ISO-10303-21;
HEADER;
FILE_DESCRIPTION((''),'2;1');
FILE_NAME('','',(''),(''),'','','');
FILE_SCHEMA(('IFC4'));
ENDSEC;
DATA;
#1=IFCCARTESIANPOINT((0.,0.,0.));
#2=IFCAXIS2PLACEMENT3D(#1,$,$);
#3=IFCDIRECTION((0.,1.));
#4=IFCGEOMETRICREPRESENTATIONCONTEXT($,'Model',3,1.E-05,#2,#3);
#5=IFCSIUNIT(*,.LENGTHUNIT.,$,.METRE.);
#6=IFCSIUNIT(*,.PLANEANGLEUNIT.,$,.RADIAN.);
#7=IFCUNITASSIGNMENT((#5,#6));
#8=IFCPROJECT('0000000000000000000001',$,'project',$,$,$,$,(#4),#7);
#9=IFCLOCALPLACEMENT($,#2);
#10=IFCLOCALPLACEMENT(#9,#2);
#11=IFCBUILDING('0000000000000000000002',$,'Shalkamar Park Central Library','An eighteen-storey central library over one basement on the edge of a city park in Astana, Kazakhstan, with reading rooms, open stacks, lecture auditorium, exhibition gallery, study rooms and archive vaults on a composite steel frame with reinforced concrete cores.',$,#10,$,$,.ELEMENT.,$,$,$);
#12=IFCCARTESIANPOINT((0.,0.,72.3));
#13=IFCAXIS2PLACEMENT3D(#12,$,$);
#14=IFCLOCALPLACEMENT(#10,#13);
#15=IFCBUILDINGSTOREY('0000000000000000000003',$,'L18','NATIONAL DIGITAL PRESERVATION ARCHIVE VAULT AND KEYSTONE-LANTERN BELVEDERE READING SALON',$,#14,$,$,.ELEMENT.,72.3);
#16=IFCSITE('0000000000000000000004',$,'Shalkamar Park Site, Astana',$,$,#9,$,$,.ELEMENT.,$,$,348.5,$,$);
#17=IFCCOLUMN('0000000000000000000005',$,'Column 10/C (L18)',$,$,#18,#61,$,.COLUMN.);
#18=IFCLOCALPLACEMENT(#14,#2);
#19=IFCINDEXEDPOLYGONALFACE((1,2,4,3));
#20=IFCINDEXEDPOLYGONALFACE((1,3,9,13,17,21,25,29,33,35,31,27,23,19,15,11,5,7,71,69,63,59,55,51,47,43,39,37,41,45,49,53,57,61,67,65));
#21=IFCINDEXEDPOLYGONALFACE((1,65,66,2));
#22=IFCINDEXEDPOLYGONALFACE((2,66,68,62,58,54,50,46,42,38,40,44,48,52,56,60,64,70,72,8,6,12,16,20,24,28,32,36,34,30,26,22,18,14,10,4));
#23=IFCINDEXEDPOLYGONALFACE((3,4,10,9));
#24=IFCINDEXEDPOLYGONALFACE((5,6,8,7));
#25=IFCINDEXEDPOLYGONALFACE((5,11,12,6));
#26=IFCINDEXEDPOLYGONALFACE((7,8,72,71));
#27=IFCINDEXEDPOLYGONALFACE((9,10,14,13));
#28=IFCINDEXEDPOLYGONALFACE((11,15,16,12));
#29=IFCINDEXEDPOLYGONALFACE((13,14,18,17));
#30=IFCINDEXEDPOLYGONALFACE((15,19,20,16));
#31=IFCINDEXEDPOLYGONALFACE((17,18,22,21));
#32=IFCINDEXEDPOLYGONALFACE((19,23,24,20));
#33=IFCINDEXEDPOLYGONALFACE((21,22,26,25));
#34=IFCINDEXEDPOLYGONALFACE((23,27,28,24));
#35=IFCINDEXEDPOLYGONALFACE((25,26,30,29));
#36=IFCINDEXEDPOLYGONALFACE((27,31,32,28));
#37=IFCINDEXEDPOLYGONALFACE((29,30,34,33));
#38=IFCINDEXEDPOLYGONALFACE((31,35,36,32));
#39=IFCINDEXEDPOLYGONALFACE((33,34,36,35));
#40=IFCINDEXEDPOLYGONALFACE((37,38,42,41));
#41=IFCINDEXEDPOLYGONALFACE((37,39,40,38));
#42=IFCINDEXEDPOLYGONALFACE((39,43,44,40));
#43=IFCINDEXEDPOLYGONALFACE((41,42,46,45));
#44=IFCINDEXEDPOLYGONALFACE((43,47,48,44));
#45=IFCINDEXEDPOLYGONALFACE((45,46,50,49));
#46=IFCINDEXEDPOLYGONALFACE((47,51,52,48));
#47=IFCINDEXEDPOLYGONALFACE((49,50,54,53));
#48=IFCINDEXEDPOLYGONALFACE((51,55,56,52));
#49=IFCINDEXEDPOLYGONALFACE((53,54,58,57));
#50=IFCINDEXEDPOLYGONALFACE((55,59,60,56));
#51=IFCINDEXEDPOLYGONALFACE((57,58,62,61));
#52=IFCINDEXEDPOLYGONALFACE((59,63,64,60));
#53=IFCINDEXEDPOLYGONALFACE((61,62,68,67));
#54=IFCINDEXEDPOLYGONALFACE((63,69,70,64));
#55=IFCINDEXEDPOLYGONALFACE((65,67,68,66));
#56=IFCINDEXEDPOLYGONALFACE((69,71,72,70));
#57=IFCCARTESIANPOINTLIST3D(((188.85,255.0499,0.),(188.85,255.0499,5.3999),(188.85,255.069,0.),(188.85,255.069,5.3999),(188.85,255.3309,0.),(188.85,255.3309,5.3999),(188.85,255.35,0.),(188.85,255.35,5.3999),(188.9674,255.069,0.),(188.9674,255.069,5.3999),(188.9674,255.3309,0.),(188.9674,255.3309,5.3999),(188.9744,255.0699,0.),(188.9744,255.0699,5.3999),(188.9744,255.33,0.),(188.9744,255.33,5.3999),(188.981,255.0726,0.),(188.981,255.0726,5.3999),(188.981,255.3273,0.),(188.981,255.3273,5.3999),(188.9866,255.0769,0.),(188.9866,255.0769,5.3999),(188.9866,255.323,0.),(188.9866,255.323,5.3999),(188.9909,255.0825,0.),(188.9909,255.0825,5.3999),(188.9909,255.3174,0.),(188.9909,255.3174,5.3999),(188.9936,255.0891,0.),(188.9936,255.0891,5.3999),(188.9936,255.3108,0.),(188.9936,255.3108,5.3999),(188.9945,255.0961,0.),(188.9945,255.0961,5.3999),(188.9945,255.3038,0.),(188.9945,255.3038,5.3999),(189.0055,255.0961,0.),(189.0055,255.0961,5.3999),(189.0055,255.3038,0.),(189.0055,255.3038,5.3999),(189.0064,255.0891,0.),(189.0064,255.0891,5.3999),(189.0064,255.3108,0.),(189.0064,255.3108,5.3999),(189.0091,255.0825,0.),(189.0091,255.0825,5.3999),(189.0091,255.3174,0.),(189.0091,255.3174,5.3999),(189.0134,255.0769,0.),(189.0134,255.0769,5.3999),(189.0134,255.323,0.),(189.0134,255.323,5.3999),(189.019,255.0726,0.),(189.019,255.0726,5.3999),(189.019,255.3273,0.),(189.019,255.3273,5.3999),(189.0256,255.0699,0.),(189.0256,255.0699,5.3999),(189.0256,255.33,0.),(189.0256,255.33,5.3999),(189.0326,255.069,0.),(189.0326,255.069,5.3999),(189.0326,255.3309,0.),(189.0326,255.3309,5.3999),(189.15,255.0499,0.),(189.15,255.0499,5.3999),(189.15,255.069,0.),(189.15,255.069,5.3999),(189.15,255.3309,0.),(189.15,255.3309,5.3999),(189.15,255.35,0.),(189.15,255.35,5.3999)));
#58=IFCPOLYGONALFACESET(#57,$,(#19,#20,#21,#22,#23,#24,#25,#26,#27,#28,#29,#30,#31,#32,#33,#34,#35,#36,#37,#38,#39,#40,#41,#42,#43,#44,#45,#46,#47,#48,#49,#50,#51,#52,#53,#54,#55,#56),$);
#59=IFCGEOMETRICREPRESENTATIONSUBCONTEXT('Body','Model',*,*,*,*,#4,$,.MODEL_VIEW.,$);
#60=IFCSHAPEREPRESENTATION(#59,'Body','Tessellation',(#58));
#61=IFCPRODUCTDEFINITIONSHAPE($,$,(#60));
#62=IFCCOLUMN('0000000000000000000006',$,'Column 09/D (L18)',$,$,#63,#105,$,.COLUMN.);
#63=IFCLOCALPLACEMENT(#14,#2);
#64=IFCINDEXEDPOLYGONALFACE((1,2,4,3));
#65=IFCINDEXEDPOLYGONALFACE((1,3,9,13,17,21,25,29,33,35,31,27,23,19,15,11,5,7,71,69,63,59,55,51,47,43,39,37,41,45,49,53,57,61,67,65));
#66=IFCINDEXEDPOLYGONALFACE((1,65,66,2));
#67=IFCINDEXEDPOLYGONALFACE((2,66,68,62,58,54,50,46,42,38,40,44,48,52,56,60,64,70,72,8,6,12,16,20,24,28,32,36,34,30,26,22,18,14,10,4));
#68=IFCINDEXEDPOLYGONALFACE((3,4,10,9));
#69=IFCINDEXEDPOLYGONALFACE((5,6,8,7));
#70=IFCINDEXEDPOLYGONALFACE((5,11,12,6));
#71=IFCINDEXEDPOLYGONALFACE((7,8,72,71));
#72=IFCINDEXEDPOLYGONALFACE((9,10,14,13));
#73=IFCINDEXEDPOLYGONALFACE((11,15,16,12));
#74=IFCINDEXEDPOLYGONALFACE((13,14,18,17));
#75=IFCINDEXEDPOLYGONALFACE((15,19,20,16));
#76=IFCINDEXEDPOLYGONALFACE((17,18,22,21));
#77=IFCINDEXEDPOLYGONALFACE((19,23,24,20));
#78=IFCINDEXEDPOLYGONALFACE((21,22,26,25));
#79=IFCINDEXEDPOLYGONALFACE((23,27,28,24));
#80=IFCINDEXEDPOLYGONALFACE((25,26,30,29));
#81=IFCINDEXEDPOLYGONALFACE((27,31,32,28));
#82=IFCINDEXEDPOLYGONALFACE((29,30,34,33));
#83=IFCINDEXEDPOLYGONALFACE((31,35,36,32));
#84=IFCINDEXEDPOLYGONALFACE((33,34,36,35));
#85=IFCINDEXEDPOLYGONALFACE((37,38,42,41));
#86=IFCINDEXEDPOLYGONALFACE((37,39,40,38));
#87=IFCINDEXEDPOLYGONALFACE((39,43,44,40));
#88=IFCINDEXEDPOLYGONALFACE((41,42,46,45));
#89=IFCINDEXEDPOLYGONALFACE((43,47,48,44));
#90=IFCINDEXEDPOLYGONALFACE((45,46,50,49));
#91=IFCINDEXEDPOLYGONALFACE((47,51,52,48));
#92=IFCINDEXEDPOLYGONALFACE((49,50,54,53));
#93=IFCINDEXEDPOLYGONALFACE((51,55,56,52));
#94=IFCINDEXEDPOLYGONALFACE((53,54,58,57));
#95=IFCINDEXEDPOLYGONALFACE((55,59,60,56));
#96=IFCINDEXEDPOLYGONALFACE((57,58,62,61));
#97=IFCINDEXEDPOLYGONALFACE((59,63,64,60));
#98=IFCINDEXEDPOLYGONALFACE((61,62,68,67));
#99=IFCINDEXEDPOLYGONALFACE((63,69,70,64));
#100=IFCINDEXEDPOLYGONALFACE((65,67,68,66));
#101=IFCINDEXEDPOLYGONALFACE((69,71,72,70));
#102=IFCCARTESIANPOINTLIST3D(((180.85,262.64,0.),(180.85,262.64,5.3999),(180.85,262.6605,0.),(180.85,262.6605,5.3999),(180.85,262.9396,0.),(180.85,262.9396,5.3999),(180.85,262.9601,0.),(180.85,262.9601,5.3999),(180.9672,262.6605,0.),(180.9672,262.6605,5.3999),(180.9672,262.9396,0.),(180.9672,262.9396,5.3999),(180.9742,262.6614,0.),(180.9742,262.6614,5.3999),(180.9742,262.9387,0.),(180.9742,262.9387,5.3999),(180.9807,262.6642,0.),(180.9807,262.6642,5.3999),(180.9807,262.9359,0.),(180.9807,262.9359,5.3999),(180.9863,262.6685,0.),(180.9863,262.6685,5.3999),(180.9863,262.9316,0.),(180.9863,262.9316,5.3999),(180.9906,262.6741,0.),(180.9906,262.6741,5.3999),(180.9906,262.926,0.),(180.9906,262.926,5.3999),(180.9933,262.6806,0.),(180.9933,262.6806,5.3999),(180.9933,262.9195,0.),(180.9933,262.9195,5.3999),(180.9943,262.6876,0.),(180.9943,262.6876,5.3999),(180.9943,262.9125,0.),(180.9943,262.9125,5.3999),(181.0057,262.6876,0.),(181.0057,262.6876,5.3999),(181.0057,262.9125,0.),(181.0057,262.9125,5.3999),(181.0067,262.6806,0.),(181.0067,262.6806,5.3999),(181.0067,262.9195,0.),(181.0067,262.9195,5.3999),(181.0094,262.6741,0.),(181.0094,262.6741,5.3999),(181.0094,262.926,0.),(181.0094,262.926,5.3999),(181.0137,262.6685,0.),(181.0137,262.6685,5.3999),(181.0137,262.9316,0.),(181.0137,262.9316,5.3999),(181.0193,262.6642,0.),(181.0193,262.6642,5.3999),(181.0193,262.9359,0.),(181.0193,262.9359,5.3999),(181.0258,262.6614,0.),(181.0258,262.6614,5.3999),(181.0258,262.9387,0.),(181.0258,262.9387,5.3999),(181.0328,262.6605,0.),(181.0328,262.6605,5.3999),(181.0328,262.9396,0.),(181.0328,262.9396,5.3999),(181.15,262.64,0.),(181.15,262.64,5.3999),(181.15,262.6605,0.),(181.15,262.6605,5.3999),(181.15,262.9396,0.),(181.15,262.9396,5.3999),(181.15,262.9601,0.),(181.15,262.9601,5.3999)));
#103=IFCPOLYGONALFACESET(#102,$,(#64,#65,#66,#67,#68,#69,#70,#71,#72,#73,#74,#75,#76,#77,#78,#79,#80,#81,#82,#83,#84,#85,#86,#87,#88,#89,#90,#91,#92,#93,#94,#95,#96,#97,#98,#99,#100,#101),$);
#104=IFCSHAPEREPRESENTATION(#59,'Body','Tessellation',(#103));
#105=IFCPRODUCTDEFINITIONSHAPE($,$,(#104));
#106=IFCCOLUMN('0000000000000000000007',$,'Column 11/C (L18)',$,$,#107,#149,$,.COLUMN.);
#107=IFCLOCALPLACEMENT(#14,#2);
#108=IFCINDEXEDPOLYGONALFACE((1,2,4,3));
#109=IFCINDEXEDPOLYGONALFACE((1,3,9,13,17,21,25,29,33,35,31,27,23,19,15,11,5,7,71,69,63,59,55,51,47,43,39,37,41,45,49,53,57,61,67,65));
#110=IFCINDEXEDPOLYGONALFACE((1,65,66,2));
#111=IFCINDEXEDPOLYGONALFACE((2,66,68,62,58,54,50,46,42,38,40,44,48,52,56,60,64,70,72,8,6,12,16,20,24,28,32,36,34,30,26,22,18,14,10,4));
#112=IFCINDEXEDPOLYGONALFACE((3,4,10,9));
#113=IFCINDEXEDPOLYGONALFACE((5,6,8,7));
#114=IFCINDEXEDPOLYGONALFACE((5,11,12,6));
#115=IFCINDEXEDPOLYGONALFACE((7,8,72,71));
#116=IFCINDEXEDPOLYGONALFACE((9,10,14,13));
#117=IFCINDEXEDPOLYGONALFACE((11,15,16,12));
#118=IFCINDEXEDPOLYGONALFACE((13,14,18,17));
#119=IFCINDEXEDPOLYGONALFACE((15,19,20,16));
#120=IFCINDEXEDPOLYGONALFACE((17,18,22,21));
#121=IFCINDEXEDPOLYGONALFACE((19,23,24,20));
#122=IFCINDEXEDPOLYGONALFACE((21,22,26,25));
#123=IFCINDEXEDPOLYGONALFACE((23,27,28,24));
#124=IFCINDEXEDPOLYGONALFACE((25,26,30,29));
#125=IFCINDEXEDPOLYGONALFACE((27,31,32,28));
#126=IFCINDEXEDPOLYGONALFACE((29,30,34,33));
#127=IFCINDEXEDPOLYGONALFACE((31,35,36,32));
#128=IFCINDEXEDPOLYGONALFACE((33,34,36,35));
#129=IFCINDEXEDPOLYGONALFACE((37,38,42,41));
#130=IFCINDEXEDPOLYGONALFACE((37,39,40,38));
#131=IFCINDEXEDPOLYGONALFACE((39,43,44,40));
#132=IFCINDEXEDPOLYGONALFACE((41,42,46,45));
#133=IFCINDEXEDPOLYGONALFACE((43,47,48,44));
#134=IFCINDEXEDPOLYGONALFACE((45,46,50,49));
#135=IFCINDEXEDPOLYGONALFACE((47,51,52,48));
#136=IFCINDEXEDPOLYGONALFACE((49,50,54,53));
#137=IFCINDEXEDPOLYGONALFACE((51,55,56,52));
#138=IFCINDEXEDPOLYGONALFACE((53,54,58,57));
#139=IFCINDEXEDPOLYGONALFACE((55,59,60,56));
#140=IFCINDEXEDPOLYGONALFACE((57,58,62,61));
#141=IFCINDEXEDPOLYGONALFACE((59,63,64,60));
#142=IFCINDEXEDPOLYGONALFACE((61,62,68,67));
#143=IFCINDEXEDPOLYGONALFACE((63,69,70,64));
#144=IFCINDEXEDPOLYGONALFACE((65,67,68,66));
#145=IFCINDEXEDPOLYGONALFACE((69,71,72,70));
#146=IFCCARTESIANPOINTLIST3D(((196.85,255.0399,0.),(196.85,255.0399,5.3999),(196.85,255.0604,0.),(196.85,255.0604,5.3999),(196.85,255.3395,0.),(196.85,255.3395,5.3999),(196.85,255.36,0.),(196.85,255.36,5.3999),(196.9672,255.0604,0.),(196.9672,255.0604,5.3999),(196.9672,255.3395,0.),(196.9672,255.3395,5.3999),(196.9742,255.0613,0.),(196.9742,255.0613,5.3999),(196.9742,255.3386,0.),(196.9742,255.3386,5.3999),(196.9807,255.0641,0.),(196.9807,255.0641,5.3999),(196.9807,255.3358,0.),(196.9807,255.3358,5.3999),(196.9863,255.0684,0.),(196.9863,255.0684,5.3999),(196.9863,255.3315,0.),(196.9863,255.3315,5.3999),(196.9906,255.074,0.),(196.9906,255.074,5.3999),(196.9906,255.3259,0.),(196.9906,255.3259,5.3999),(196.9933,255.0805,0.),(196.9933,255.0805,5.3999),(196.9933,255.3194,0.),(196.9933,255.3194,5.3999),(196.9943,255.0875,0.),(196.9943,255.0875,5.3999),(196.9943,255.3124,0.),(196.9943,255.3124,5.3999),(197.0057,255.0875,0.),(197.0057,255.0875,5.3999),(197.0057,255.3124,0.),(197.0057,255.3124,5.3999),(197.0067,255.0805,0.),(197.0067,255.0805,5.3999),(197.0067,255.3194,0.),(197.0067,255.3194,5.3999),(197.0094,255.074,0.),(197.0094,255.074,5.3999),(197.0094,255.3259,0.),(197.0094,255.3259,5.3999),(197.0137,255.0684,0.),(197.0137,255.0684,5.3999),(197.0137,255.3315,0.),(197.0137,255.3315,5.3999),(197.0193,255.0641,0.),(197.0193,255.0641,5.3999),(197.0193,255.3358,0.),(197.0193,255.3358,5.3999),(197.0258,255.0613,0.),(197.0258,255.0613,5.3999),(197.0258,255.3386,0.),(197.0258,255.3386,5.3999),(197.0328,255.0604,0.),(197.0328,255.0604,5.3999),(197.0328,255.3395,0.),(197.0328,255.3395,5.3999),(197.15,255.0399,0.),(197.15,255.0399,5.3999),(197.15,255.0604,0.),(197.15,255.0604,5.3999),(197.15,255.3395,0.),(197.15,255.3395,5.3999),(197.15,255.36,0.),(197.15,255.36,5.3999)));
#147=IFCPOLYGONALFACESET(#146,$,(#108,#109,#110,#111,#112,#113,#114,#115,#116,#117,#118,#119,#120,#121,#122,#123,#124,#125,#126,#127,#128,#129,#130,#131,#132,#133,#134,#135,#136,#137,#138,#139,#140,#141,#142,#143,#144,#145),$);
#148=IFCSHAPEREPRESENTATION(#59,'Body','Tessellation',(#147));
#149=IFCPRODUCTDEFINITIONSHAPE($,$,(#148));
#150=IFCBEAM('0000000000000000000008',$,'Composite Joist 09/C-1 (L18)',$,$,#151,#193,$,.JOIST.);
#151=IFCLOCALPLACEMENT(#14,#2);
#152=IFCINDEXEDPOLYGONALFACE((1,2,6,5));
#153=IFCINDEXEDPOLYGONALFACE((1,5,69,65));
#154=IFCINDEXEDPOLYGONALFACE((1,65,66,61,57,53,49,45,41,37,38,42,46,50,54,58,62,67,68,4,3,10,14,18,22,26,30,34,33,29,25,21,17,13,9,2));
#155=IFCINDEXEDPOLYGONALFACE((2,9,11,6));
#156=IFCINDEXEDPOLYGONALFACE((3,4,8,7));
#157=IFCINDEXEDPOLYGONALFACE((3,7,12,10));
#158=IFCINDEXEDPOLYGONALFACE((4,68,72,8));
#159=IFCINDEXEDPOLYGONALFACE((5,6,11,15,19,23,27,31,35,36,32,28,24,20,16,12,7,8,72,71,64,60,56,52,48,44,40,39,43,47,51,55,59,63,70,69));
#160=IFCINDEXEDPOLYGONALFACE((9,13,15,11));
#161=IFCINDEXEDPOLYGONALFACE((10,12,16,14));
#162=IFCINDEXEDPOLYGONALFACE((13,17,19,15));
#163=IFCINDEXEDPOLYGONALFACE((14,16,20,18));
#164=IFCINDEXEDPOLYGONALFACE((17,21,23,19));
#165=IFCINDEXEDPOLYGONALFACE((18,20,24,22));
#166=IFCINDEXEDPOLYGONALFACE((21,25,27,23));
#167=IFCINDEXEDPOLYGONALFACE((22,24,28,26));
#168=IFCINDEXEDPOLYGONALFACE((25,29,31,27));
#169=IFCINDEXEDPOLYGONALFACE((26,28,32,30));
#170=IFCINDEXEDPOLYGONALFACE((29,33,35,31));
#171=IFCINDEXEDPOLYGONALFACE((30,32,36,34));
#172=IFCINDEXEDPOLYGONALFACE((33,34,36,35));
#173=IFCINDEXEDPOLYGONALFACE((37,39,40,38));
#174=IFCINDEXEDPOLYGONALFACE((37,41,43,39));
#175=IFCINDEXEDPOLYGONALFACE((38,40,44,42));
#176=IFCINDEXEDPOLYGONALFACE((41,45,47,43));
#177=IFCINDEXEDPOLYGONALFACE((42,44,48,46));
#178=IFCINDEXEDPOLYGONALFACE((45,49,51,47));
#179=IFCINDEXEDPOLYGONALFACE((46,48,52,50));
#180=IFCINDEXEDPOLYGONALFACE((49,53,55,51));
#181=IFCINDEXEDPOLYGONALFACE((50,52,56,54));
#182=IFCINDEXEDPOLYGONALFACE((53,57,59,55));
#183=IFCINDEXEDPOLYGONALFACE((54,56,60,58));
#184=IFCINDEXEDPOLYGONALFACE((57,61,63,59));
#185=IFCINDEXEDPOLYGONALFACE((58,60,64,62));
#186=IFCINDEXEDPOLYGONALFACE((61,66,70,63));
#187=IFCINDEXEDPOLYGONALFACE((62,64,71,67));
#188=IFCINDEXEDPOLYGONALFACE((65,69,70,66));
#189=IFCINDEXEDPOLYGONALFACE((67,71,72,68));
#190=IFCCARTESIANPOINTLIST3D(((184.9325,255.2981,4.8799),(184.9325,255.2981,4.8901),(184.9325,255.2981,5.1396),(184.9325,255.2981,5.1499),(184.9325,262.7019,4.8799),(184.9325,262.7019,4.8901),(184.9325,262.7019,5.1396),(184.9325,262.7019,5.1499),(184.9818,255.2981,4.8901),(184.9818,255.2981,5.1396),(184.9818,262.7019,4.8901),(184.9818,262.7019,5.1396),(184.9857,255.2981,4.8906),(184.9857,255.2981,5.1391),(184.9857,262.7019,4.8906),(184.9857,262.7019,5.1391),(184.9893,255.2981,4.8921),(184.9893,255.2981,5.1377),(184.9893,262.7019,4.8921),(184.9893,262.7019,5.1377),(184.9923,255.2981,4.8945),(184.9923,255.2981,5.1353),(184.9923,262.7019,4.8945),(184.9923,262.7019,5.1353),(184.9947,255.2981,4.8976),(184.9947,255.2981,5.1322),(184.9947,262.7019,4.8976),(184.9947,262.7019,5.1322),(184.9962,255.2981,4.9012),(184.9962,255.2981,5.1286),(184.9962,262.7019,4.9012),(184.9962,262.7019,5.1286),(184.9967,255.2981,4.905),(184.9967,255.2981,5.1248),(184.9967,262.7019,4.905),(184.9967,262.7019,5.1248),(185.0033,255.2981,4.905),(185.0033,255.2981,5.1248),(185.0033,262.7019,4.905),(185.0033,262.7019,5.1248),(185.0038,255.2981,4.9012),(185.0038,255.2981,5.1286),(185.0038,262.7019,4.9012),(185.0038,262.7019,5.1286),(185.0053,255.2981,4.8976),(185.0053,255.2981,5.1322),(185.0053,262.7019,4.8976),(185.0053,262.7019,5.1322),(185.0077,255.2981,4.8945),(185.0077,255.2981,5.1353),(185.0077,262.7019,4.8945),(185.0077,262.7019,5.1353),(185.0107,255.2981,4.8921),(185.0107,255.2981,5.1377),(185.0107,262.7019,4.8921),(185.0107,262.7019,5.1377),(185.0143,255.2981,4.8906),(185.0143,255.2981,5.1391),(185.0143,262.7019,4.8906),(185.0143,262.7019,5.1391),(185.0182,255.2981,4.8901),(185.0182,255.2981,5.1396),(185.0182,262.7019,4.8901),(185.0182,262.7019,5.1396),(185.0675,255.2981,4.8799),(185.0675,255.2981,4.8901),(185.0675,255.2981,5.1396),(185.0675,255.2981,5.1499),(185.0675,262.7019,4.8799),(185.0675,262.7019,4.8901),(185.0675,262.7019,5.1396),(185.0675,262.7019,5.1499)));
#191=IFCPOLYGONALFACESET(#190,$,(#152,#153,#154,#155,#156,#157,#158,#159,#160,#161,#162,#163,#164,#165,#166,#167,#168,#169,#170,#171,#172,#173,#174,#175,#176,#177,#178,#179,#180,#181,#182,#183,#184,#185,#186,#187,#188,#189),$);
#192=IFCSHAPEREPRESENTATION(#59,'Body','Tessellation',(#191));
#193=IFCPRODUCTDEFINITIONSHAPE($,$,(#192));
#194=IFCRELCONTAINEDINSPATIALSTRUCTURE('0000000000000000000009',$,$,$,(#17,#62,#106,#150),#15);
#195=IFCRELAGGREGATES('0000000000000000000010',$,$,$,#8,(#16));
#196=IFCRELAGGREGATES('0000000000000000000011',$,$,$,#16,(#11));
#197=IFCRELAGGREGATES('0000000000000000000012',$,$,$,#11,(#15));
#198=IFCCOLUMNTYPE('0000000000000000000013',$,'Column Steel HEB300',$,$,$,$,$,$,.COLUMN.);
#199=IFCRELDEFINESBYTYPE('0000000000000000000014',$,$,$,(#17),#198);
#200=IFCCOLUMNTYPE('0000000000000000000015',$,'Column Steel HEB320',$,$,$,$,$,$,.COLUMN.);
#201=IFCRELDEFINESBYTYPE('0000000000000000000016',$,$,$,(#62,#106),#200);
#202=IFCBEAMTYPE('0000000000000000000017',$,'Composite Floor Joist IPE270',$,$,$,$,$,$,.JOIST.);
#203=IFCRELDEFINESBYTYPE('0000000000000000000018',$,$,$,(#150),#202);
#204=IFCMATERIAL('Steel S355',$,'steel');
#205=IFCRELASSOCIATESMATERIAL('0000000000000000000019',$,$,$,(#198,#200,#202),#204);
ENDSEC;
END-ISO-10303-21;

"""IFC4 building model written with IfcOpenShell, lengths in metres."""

from ifc_helpers import new_model, si_unit, direction, frame, origin, origin_2d, place, context, subcontext, project, spatial, i_section, extrude, material, material_profile, profile_set, type_object, element, save


model = new_model("IFC4")

# Units and contexts
model_context = context("Model", 3, precision=1e-05, world=origin(), true_north=direction((0.0, 1.0)))
body_context = subcontext(model_context, "Body", "Model", "MODEL_VIEW")
ifc_project = project(units=[si_unit("LENGTHUNIT", "METRE"), si_unit("PLANEANGLEUNIT", "RADIAN")], contexts=[model_context])

# Site, building, storey
site_placement = place(None, origin())
site = spatial("IfcSite", under=ifc_project, at=site_placement, Name="Shalkamar Park Site, Astana", CompositionType="ELEMENT", RefElevation=348.5)
building_placement = place(site_placement, origin())
building = spatial("IfcBuilding", under=site, at=building_placement, Name="Shalkamar Park Central Library", Description="An eighteen-storey central library over one basement on the edge of a city park in Astana, Kazakhstan, with reading rooms, open stacks, lecture auditorium, exhibition gallery, study rooms and archive vaults on a composite steel frame with reinforced concrete cores.", CompositionType="ELEMENT")
storey_placement = place(building_placement, frame((0.0, 0.0, 72.3)))
storey = spatial("IfcBuildingStorey", under=building, at=storey_placement, Name="L18", Description="NATIONAL DIGITAL PRESERVATION ARCHIVE VAULT AND KEYSTONE-LANTERN BELVEDERE READING SALON", CompositionType="ELEMENT", Elevation=72.3)

# Columns
ifc_material_1 = material(Name="Steel S355", Category="steel")
ifc_material_profile_1 = material_profile(ifc_material_1, i_section(OverallWidth=0.3, OverallDepth=0.3, WebThickness=0.011, FlangeThickness=0.019, FilletRadius=0.0271, at=origin_2d()), Name="HEB 300")
ifc_profile_set_1 = profile_set([ifc_material_profile_1], Name="Steel S355")
column_type_1 = type_object("IfcColumnType", Name="Column Steel HEB300", PredefinedType="COLUMN", material=ifc_profile_set_1)
column_placement = place(storey_placement, frame((189.0, 255.2, 0.0), z_axis=(0.0, 0.0, 1.0), x_axis=(1.0, 0.0, 0.0)))
element("IfcColumn", 1, at=column_placement, inside=storey, type_object=column_type_1, Name="Column 10/C (L18)", PredefinedType="COLUMN", context=body_context, shape_type="SweptSolid", body=[
    extrude(i_section(OverallWidth=0.3, OverallDepth=0.3, WebThickness=0.011, FlangeThickness=0.019, FilletRadius=0.0271, at=origin_2d()), origin(), (0.0, 0.0, 1.0), 5.3999),
])
ifc_material_profile_2 = material_profile(ifc_material_1, i_section(OverallWidth=0.3, OverallDepth=0.3201, WebThickness=0.0115, FlangeThickness=0.0205, FilletRadius=0.0271, at=origin_2d()), Name="HEB 320")
ifc_profile_set_2 = profile_set([ifc_material_profile_2], Name="Steel S355")
column_type_2 = type_object("IfcColumnType", Name="Column Steel HEB320", PredefinedType="COLUMN", material=ifc_profile_set_2)
for number, where, z_axis, x_axis, name in (
    (2, (181.0, 262.8, 0.0), (0.0, 0.0, 1.0), (1.0, 0.0, 0.0), "Column 09/D (L18)"),
    (3, (197.0, 255.2, 0.0), (0.0, 0.0, 1.0), (1.0, 0.0, 0.0), "Column 11/C (L18)"),
):
    element("IfcColumn", number, at=place(storey_placement, frame(where, z_axis=z_axis, x_axis=x_axis)), inside=storey, type_object=column_type_2, Name=name, PredefinedType="COLUMN", context=body_context, shape_type="SweptSolid", body=[
        extrude(i_section(OverallWidth=0.3, OverallDepth=0.3201, WebThickness=0.0115, FlangeThickness=0.0205, FilletRadius=0.0271, at=origin_2d()), origin(), (0.0, 0.0, 1.0), 5.3999),
    ])

# Beam
ifc_material_profile_3 = material_profile(ifc_material_1, i_section(OverallWidth=0.135, OverallDepth=0.27, WebThickness=0.0066, FlangeThickness=0.0103, FilletRadius=0.0149, at=origin_2d()), Name="IPE 270")
ifc_profile_set_3 = profile_set([ifc_material_profile_3], Name="Steel S355")
beam_type_1 = type_object("IfcBeamType", Name="Composite Floor Joist IPE270", PredefinedType="JOIST", material=ifc_profile_set_3)
for number, where, z_axis, x_axis, name in (
    (4, (185.0, 255.2981, 5.0149), (0.0, 1.0, 0.0), (-1.0, 0.0, 0.0), "Composite Joist 09/C-1 (L18)"),
):
    element("IfcBeam", number, at=place(storey_placement, frame(where, z_axis=z_axis, x_axis=x_axis)), inside=storey, type_object=beam_type_1, Name=name, PredefinedType="JOIST", context=body_context, shape_type="SweptSolid", body=[
        extrude(i_section(OverallWidth=0.135, OverallDepth=0.27, WebThickness=0.0066, FlangeThickness=0.0103, FilletRadius=0.0149, at=origin_2d()), origin(), (0.0, 0.0, 1.0), 7.4038),
    ])

save(model, "model.ifc")
